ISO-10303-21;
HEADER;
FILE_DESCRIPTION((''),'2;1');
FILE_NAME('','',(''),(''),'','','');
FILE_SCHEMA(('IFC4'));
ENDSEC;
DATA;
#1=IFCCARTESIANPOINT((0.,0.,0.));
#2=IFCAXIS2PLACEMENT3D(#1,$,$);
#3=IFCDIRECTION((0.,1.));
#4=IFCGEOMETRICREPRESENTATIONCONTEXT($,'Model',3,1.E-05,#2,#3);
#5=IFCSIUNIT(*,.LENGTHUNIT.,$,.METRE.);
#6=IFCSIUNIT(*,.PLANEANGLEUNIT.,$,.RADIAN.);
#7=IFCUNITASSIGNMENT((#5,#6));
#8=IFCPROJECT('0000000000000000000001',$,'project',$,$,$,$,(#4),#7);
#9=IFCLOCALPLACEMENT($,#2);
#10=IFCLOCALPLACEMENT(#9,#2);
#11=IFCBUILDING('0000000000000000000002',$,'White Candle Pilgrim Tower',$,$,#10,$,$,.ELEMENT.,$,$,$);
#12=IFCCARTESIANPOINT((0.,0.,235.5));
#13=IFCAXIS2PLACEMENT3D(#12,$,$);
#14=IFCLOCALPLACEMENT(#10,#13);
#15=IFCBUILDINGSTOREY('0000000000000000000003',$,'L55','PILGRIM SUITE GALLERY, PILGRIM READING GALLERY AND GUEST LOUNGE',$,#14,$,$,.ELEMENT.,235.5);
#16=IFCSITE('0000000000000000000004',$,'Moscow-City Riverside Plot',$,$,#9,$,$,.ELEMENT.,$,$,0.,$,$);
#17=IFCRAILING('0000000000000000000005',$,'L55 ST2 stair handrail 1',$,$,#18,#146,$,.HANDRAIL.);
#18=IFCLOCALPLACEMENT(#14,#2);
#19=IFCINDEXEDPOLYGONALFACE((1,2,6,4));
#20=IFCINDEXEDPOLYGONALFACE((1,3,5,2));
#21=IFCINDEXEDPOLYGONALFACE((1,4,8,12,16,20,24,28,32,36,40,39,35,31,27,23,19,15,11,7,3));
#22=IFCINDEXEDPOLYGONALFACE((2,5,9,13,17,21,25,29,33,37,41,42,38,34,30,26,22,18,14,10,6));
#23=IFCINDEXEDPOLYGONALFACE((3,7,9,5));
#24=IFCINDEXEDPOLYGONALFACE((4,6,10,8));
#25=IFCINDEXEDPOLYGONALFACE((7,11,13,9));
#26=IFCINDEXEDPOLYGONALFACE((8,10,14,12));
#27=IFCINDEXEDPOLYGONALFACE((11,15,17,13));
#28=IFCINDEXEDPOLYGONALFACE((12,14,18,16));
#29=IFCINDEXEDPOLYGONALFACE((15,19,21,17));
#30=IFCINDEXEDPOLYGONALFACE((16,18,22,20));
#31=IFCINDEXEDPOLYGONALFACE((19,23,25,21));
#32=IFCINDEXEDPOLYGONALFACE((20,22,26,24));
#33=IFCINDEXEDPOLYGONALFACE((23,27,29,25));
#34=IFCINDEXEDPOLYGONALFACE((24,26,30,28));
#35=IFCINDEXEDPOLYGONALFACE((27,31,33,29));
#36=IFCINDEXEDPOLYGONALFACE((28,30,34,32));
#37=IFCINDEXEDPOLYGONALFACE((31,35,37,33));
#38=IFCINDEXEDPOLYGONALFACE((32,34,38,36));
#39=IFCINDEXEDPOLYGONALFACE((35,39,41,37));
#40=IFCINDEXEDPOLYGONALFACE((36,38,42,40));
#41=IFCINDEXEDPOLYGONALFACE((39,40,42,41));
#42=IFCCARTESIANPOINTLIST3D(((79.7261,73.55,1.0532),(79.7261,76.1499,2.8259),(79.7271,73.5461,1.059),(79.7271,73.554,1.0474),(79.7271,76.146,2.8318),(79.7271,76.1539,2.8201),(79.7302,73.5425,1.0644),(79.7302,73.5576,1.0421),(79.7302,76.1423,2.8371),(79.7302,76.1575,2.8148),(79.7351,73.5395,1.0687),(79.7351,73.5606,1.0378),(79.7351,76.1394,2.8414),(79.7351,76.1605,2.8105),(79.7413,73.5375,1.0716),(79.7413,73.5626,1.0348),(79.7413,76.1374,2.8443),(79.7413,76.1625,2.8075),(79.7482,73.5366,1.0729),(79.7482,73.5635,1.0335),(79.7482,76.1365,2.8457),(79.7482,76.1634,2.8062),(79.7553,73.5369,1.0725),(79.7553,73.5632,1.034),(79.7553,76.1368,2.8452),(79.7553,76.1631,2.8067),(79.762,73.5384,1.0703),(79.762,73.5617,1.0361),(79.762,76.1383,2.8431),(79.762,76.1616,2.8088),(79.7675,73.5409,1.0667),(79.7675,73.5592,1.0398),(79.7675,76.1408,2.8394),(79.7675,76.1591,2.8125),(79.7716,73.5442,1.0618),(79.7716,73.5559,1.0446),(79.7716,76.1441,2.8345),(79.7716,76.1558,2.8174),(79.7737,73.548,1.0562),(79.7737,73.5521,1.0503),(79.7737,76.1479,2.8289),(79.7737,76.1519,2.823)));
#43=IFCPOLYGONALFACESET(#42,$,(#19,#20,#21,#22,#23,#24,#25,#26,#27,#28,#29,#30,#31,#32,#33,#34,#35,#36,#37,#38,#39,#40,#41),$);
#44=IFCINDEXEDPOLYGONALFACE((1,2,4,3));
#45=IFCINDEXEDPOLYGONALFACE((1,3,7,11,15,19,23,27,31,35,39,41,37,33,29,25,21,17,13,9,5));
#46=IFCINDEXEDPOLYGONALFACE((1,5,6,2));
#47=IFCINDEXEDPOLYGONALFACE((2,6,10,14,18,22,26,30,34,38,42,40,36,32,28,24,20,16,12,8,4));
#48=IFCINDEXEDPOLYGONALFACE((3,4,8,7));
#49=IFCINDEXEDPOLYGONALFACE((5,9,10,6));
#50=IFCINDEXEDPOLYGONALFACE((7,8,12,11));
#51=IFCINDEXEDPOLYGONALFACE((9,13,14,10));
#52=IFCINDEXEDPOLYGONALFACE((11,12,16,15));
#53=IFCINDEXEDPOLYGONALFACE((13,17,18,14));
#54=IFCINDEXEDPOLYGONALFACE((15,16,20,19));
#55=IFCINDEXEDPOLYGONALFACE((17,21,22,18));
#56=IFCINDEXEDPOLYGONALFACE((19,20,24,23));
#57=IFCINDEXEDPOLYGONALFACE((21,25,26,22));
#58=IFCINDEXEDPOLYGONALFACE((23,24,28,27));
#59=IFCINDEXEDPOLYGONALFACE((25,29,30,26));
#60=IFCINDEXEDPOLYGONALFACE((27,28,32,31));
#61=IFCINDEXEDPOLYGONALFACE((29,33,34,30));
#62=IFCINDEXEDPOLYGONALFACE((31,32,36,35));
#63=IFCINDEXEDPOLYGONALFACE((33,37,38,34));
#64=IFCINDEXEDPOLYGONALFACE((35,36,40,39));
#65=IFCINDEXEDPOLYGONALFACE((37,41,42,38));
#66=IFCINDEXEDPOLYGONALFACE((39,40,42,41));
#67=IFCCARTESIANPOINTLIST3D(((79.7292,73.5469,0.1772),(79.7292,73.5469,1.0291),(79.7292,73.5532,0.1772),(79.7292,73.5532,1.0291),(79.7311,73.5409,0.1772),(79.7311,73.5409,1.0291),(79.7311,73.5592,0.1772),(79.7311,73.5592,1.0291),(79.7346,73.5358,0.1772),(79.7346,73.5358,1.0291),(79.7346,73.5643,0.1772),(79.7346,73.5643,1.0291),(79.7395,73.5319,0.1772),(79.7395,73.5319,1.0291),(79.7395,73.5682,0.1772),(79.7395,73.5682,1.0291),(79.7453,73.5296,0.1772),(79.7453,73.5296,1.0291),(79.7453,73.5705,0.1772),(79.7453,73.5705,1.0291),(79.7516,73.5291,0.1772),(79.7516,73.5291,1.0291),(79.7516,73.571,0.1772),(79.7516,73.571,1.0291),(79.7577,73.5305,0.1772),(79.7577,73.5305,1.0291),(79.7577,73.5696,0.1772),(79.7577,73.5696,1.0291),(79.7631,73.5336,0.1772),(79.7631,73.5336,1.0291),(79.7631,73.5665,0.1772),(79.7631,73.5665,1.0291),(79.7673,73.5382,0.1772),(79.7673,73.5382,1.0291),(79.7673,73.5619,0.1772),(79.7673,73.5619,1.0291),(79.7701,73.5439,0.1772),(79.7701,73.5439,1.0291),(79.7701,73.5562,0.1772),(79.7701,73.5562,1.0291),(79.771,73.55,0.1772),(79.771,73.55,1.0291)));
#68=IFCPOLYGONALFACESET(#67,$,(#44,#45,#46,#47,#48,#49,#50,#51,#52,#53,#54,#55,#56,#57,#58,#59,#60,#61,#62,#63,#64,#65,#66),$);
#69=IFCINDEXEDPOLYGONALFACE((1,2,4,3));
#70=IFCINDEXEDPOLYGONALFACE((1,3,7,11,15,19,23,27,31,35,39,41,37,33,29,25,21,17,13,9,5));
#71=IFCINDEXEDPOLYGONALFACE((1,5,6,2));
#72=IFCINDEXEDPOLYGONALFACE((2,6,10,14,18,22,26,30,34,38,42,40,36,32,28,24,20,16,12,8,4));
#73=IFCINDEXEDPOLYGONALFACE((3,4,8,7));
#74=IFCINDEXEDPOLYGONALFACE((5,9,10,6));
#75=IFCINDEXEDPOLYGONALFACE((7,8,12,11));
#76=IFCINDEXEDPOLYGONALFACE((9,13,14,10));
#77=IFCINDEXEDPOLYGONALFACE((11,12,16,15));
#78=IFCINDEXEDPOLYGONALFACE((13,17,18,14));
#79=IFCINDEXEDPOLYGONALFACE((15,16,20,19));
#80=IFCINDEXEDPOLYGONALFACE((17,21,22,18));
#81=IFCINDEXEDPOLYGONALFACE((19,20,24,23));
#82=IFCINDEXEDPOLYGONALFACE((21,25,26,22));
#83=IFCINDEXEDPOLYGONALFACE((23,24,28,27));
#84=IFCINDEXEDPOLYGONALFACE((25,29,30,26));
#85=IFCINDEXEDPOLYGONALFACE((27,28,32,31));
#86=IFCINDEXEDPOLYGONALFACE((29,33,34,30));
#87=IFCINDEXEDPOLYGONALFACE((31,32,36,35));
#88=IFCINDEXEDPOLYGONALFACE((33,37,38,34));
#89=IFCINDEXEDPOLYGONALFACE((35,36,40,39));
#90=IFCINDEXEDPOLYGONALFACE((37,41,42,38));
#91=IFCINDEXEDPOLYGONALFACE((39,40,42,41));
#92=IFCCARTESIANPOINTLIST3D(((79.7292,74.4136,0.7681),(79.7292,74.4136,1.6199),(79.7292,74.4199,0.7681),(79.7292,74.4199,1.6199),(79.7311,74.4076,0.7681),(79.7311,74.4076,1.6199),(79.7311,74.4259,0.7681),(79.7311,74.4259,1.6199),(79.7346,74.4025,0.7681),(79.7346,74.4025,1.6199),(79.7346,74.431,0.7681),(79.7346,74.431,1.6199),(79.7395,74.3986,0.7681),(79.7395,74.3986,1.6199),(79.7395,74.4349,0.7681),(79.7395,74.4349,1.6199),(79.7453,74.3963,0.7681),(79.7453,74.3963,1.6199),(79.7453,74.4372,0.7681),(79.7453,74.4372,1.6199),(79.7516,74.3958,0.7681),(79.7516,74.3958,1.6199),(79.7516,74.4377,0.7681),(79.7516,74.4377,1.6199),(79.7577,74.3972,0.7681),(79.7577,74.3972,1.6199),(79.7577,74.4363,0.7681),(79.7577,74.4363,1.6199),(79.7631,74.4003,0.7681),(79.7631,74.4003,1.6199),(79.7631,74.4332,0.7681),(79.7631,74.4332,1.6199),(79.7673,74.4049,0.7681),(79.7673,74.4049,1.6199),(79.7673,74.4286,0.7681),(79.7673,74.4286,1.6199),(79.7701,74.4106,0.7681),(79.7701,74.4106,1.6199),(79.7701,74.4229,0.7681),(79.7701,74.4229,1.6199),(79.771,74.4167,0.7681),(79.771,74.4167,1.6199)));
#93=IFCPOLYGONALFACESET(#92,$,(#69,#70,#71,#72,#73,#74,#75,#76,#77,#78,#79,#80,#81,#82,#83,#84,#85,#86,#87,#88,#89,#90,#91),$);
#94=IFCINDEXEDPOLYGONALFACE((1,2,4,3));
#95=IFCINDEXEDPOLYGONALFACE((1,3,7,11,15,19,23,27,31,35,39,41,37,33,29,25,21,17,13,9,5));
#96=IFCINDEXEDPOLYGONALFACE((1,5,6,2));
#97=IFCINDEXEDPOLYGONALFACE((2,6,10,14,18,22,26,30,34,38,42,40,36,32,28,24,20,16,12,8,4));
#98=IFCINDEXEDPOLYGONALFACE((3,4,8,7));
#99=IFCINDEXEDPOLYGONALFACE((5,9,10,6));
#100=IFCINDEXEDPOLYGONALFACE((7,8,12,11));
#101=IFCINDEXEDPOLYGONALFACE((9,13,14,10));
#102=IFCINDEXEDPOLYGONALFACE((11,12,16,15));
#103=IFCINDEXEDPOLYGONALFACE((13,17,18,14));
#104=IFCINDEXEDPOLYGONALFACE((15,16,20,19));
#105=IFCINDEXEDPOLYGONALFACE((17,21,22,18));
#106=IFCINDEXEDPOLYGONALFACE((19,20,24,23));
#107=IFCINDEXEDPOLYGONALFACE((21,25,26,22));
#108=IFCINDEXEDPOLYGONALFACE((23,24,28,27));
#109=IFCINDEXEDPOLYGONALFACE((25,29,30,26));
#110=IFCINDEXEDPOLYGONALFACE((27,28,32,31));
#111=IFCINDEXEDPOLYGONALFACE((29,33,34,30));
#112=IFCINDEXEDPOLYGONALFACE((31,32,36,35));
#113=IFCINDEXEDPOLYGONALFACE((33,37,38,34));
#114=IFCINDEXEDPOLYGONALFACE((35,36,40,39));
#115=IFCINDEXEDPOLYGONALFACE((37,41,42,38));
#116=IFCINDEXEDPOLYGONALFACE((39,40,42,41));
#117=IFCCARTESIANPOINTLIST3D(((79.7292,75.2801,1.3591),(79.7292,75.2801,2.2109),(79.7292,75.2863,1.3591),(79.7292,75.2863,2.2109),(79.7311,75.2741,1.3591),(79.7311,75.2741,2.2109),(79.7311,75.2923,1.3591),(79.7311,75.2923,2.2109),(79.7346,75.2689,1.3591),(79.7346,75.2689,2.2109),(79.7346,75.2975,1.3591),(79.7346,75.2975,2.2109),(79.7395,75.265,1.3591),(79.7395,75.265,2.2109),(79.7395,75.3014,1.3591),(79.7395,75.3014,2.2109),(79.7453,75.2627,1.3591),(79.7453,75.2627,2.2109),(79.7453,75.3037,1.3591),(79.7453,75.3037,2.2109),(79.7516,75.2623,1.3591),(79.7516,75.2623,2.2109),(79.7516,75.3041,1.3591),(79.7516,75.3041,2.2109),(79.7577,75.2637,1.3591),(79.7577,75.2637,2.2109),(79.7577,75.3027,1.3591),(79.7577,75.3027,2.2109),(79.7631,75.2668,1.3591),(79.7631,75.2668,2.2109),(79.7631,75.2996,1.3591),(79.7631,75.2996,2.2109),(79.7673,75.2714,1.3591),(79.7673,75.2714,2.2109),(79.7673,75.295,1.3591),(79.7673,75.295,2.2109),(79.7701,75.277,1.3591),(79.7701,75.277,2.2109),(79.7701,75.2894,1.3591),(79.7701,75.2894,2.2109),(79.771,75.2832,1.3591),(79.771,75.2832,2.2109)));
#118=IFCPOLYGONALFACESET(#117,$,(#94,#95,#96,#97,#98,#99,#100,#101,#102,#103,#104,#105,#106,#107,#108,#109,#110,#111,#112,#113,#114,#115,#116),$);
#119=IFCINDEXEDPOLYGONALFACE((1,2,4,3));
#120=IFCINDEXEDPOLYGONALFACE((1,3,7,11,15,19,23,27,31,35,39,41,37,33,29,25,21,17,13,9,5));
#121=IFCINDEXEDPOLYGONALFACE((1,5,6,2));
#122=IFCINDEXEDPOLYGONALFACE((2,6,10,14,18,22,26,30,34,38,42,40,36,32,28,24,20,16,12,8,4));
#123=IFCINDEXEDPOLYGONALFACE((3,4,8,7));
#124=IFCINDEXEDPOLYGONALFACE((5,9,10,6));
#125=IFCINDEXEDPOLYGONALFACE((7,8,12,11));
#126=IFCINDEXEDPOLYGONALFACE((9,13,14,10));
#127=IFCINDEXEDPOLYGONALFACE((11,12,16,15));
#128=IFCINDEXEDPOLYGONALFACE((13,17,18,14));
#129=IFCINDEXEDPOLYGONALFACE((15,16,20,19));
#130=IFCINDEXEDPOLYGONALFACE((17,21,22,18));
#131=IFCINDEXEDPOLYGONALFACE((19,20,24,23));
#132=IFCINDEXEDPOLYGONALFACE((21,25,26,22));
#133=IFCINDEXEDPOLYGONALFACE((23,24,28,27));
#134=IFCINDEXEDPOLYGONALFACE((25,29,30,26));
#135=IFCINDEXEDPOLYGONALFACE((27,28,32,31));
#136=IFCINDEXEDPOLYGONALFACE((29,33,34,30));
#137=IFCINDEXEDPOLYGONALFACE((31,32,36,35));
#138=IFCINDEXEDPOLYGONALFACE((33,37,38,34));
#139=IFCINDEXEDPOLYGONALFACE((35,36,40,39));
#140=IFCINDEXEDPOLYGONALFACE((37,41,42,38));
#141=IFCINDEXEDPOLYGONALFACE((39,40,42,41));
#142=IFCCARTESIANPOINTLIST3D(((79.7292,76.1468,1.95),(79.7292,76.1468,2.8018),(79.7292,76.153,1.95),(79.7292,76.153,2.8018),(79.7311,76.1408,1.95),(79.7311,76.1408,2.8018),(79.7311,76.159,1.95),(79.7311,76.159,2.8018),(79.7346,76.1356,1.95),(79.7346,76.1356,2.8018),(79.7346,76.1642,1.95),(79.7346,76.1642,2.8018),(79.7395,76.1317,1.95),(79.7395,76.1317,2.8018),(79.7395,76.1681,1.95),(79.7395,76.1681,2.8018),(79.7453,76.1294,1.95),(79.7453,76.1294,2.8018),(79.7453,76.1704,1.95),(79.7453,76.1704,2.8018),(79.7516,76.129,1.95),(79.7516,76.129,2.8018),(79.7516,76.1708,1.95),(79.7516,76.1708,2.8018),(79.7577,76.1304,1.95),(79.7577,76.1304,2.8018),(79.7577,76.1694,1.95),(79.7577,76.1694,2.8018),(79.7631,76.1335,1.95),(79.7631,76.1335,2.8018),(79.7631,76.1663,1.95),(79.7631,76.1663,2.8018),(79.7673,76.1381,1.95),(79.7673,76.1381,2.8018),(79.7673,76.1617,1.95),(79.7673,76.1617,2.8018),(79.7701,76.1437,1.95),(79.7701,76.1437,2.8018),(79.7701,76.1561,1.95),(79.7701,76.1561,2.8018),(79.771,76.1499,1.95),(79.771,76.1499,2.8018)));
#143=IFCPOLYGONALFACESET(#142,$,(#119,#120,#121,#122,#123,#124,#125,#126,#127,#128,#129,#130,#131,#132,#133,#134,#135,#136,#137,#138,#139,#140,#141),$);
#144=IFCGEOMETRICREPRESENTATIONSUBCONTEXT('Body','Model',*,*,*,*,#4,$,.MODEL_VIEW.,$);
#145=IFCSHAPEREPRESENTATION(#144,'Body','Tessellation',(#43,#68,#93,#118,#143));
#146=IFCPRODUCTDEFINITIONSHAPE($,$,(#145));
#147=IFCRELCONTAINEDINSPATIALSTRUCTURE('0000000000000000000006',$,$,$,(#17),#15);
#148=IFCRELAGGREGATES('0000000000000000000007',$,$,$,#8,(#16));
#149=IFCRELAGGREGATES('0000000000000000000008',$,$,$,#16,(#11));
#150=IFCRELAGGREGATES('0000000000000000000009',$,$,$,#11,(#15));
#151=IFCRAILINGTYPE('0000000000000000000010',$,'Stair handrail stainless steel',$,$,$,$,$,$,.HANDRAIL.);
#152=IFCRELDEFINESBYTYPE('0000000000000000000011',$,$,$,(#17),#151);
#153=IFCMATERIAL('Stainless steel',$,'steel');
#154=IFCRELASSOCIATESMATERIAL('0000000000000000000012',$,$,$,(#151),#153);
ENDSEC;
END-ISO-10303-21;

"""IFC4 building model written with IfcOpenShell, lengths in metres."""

from ifc_helpers import new_model, si_unit, direction, frame, origin, origin_2d, place, context, subcontext, project, spatial, circle, extrude, material, type_object, element, save


model = new_model("IFC4")

# Units and contexts
model_context = context("Model", 3, precision=1e-05, world=origin(), true_north=direction((0.0, 1.0)))
body_context = subcontext(model_context, "Body", "Model", "MODEL_VIEW")
ifc_project = project(units=[si_unit("LENGTHUNIT", "METRE"), si_unit("PLANEANGLEUNIT", "RADIAN")], contexts=[model_context])

# Site, building, storey
site_placement = place(None, origin())
site = spatial("IfcSite", under=ifc_project, at=site_placement, Name="Moscow-City Riverside Plot", CompositionType="ELEMENT", RefElevation=0.0)
building_placement = place(site_placement, origin())
building = spatial("IfcBuilding", under=site, at=building_placement, Name="White Candle Pilgrim Tower", CompositionType="ELEMENT")
storey_placement = place(building_placement, frame((0.0, 0.0, 235.5)))
storey = spatial("IfcBuildingStorey", under=building, at=storey_placement, Name="L55", Description="PILGRIM SUITE GALLERY, PILGRIM READING GALLERY AND GUEST LOUNGE", CompositionType="ELEMENT", Elevation=235.5)

# Railing
ifc_material_1 = material(Name="Stainless steel", Category="steel")
railing_type_1 = type_object("IfcRailingType", Name="Stair handrail stainless steel", PredefinedType="HANDRAIL", material=ifc_material_1)
railing_1_placement = place(storey_placement, frame((79.75, 73.55, 0.1772)))
element("IfcRailing", 1, at=railing_1_placement, inside=storey, type_object=railing_type_1, Name="L55 ST2 stair handrail 1", PredefinedType="HANDRAIL", context=body_context, shape_type="SweptSolid", body=[
    extrude(circle(Radius=0.0239, at=origin_2d()), frame((0.0, 0.0, 0.876), z_axis=(0.0, 0.826216, 0.563354), x_axis=(-1.0, 0.0, 0.0)), (0.0, 0.0, 1.0), 3.1467),
    extrude(circle(Radius=0.021, at=origin_2d()), origin(), (0.0, 0.0, 1.0), 0.8518),
    extrude(circle(Radius=0.021, at=origin_2d()), frame((0.0, 0.8667, 0.5908)), (0.0, 0.0, 1.0), 0.8518),
    extrude(circle(Radius=0.021, at=origin_2d()), frame((0.0, 1.7332, 1.1819)), (0.0, 0.0, 1.0), 0.8518),
    extrude(circle(Radius=0.021, at=origin_2d()), frame((0.0, 2.5999, 1.7727)), (0.0, 0.0, 1.0), 0.8518),
])

save(model, "model.ifc")
